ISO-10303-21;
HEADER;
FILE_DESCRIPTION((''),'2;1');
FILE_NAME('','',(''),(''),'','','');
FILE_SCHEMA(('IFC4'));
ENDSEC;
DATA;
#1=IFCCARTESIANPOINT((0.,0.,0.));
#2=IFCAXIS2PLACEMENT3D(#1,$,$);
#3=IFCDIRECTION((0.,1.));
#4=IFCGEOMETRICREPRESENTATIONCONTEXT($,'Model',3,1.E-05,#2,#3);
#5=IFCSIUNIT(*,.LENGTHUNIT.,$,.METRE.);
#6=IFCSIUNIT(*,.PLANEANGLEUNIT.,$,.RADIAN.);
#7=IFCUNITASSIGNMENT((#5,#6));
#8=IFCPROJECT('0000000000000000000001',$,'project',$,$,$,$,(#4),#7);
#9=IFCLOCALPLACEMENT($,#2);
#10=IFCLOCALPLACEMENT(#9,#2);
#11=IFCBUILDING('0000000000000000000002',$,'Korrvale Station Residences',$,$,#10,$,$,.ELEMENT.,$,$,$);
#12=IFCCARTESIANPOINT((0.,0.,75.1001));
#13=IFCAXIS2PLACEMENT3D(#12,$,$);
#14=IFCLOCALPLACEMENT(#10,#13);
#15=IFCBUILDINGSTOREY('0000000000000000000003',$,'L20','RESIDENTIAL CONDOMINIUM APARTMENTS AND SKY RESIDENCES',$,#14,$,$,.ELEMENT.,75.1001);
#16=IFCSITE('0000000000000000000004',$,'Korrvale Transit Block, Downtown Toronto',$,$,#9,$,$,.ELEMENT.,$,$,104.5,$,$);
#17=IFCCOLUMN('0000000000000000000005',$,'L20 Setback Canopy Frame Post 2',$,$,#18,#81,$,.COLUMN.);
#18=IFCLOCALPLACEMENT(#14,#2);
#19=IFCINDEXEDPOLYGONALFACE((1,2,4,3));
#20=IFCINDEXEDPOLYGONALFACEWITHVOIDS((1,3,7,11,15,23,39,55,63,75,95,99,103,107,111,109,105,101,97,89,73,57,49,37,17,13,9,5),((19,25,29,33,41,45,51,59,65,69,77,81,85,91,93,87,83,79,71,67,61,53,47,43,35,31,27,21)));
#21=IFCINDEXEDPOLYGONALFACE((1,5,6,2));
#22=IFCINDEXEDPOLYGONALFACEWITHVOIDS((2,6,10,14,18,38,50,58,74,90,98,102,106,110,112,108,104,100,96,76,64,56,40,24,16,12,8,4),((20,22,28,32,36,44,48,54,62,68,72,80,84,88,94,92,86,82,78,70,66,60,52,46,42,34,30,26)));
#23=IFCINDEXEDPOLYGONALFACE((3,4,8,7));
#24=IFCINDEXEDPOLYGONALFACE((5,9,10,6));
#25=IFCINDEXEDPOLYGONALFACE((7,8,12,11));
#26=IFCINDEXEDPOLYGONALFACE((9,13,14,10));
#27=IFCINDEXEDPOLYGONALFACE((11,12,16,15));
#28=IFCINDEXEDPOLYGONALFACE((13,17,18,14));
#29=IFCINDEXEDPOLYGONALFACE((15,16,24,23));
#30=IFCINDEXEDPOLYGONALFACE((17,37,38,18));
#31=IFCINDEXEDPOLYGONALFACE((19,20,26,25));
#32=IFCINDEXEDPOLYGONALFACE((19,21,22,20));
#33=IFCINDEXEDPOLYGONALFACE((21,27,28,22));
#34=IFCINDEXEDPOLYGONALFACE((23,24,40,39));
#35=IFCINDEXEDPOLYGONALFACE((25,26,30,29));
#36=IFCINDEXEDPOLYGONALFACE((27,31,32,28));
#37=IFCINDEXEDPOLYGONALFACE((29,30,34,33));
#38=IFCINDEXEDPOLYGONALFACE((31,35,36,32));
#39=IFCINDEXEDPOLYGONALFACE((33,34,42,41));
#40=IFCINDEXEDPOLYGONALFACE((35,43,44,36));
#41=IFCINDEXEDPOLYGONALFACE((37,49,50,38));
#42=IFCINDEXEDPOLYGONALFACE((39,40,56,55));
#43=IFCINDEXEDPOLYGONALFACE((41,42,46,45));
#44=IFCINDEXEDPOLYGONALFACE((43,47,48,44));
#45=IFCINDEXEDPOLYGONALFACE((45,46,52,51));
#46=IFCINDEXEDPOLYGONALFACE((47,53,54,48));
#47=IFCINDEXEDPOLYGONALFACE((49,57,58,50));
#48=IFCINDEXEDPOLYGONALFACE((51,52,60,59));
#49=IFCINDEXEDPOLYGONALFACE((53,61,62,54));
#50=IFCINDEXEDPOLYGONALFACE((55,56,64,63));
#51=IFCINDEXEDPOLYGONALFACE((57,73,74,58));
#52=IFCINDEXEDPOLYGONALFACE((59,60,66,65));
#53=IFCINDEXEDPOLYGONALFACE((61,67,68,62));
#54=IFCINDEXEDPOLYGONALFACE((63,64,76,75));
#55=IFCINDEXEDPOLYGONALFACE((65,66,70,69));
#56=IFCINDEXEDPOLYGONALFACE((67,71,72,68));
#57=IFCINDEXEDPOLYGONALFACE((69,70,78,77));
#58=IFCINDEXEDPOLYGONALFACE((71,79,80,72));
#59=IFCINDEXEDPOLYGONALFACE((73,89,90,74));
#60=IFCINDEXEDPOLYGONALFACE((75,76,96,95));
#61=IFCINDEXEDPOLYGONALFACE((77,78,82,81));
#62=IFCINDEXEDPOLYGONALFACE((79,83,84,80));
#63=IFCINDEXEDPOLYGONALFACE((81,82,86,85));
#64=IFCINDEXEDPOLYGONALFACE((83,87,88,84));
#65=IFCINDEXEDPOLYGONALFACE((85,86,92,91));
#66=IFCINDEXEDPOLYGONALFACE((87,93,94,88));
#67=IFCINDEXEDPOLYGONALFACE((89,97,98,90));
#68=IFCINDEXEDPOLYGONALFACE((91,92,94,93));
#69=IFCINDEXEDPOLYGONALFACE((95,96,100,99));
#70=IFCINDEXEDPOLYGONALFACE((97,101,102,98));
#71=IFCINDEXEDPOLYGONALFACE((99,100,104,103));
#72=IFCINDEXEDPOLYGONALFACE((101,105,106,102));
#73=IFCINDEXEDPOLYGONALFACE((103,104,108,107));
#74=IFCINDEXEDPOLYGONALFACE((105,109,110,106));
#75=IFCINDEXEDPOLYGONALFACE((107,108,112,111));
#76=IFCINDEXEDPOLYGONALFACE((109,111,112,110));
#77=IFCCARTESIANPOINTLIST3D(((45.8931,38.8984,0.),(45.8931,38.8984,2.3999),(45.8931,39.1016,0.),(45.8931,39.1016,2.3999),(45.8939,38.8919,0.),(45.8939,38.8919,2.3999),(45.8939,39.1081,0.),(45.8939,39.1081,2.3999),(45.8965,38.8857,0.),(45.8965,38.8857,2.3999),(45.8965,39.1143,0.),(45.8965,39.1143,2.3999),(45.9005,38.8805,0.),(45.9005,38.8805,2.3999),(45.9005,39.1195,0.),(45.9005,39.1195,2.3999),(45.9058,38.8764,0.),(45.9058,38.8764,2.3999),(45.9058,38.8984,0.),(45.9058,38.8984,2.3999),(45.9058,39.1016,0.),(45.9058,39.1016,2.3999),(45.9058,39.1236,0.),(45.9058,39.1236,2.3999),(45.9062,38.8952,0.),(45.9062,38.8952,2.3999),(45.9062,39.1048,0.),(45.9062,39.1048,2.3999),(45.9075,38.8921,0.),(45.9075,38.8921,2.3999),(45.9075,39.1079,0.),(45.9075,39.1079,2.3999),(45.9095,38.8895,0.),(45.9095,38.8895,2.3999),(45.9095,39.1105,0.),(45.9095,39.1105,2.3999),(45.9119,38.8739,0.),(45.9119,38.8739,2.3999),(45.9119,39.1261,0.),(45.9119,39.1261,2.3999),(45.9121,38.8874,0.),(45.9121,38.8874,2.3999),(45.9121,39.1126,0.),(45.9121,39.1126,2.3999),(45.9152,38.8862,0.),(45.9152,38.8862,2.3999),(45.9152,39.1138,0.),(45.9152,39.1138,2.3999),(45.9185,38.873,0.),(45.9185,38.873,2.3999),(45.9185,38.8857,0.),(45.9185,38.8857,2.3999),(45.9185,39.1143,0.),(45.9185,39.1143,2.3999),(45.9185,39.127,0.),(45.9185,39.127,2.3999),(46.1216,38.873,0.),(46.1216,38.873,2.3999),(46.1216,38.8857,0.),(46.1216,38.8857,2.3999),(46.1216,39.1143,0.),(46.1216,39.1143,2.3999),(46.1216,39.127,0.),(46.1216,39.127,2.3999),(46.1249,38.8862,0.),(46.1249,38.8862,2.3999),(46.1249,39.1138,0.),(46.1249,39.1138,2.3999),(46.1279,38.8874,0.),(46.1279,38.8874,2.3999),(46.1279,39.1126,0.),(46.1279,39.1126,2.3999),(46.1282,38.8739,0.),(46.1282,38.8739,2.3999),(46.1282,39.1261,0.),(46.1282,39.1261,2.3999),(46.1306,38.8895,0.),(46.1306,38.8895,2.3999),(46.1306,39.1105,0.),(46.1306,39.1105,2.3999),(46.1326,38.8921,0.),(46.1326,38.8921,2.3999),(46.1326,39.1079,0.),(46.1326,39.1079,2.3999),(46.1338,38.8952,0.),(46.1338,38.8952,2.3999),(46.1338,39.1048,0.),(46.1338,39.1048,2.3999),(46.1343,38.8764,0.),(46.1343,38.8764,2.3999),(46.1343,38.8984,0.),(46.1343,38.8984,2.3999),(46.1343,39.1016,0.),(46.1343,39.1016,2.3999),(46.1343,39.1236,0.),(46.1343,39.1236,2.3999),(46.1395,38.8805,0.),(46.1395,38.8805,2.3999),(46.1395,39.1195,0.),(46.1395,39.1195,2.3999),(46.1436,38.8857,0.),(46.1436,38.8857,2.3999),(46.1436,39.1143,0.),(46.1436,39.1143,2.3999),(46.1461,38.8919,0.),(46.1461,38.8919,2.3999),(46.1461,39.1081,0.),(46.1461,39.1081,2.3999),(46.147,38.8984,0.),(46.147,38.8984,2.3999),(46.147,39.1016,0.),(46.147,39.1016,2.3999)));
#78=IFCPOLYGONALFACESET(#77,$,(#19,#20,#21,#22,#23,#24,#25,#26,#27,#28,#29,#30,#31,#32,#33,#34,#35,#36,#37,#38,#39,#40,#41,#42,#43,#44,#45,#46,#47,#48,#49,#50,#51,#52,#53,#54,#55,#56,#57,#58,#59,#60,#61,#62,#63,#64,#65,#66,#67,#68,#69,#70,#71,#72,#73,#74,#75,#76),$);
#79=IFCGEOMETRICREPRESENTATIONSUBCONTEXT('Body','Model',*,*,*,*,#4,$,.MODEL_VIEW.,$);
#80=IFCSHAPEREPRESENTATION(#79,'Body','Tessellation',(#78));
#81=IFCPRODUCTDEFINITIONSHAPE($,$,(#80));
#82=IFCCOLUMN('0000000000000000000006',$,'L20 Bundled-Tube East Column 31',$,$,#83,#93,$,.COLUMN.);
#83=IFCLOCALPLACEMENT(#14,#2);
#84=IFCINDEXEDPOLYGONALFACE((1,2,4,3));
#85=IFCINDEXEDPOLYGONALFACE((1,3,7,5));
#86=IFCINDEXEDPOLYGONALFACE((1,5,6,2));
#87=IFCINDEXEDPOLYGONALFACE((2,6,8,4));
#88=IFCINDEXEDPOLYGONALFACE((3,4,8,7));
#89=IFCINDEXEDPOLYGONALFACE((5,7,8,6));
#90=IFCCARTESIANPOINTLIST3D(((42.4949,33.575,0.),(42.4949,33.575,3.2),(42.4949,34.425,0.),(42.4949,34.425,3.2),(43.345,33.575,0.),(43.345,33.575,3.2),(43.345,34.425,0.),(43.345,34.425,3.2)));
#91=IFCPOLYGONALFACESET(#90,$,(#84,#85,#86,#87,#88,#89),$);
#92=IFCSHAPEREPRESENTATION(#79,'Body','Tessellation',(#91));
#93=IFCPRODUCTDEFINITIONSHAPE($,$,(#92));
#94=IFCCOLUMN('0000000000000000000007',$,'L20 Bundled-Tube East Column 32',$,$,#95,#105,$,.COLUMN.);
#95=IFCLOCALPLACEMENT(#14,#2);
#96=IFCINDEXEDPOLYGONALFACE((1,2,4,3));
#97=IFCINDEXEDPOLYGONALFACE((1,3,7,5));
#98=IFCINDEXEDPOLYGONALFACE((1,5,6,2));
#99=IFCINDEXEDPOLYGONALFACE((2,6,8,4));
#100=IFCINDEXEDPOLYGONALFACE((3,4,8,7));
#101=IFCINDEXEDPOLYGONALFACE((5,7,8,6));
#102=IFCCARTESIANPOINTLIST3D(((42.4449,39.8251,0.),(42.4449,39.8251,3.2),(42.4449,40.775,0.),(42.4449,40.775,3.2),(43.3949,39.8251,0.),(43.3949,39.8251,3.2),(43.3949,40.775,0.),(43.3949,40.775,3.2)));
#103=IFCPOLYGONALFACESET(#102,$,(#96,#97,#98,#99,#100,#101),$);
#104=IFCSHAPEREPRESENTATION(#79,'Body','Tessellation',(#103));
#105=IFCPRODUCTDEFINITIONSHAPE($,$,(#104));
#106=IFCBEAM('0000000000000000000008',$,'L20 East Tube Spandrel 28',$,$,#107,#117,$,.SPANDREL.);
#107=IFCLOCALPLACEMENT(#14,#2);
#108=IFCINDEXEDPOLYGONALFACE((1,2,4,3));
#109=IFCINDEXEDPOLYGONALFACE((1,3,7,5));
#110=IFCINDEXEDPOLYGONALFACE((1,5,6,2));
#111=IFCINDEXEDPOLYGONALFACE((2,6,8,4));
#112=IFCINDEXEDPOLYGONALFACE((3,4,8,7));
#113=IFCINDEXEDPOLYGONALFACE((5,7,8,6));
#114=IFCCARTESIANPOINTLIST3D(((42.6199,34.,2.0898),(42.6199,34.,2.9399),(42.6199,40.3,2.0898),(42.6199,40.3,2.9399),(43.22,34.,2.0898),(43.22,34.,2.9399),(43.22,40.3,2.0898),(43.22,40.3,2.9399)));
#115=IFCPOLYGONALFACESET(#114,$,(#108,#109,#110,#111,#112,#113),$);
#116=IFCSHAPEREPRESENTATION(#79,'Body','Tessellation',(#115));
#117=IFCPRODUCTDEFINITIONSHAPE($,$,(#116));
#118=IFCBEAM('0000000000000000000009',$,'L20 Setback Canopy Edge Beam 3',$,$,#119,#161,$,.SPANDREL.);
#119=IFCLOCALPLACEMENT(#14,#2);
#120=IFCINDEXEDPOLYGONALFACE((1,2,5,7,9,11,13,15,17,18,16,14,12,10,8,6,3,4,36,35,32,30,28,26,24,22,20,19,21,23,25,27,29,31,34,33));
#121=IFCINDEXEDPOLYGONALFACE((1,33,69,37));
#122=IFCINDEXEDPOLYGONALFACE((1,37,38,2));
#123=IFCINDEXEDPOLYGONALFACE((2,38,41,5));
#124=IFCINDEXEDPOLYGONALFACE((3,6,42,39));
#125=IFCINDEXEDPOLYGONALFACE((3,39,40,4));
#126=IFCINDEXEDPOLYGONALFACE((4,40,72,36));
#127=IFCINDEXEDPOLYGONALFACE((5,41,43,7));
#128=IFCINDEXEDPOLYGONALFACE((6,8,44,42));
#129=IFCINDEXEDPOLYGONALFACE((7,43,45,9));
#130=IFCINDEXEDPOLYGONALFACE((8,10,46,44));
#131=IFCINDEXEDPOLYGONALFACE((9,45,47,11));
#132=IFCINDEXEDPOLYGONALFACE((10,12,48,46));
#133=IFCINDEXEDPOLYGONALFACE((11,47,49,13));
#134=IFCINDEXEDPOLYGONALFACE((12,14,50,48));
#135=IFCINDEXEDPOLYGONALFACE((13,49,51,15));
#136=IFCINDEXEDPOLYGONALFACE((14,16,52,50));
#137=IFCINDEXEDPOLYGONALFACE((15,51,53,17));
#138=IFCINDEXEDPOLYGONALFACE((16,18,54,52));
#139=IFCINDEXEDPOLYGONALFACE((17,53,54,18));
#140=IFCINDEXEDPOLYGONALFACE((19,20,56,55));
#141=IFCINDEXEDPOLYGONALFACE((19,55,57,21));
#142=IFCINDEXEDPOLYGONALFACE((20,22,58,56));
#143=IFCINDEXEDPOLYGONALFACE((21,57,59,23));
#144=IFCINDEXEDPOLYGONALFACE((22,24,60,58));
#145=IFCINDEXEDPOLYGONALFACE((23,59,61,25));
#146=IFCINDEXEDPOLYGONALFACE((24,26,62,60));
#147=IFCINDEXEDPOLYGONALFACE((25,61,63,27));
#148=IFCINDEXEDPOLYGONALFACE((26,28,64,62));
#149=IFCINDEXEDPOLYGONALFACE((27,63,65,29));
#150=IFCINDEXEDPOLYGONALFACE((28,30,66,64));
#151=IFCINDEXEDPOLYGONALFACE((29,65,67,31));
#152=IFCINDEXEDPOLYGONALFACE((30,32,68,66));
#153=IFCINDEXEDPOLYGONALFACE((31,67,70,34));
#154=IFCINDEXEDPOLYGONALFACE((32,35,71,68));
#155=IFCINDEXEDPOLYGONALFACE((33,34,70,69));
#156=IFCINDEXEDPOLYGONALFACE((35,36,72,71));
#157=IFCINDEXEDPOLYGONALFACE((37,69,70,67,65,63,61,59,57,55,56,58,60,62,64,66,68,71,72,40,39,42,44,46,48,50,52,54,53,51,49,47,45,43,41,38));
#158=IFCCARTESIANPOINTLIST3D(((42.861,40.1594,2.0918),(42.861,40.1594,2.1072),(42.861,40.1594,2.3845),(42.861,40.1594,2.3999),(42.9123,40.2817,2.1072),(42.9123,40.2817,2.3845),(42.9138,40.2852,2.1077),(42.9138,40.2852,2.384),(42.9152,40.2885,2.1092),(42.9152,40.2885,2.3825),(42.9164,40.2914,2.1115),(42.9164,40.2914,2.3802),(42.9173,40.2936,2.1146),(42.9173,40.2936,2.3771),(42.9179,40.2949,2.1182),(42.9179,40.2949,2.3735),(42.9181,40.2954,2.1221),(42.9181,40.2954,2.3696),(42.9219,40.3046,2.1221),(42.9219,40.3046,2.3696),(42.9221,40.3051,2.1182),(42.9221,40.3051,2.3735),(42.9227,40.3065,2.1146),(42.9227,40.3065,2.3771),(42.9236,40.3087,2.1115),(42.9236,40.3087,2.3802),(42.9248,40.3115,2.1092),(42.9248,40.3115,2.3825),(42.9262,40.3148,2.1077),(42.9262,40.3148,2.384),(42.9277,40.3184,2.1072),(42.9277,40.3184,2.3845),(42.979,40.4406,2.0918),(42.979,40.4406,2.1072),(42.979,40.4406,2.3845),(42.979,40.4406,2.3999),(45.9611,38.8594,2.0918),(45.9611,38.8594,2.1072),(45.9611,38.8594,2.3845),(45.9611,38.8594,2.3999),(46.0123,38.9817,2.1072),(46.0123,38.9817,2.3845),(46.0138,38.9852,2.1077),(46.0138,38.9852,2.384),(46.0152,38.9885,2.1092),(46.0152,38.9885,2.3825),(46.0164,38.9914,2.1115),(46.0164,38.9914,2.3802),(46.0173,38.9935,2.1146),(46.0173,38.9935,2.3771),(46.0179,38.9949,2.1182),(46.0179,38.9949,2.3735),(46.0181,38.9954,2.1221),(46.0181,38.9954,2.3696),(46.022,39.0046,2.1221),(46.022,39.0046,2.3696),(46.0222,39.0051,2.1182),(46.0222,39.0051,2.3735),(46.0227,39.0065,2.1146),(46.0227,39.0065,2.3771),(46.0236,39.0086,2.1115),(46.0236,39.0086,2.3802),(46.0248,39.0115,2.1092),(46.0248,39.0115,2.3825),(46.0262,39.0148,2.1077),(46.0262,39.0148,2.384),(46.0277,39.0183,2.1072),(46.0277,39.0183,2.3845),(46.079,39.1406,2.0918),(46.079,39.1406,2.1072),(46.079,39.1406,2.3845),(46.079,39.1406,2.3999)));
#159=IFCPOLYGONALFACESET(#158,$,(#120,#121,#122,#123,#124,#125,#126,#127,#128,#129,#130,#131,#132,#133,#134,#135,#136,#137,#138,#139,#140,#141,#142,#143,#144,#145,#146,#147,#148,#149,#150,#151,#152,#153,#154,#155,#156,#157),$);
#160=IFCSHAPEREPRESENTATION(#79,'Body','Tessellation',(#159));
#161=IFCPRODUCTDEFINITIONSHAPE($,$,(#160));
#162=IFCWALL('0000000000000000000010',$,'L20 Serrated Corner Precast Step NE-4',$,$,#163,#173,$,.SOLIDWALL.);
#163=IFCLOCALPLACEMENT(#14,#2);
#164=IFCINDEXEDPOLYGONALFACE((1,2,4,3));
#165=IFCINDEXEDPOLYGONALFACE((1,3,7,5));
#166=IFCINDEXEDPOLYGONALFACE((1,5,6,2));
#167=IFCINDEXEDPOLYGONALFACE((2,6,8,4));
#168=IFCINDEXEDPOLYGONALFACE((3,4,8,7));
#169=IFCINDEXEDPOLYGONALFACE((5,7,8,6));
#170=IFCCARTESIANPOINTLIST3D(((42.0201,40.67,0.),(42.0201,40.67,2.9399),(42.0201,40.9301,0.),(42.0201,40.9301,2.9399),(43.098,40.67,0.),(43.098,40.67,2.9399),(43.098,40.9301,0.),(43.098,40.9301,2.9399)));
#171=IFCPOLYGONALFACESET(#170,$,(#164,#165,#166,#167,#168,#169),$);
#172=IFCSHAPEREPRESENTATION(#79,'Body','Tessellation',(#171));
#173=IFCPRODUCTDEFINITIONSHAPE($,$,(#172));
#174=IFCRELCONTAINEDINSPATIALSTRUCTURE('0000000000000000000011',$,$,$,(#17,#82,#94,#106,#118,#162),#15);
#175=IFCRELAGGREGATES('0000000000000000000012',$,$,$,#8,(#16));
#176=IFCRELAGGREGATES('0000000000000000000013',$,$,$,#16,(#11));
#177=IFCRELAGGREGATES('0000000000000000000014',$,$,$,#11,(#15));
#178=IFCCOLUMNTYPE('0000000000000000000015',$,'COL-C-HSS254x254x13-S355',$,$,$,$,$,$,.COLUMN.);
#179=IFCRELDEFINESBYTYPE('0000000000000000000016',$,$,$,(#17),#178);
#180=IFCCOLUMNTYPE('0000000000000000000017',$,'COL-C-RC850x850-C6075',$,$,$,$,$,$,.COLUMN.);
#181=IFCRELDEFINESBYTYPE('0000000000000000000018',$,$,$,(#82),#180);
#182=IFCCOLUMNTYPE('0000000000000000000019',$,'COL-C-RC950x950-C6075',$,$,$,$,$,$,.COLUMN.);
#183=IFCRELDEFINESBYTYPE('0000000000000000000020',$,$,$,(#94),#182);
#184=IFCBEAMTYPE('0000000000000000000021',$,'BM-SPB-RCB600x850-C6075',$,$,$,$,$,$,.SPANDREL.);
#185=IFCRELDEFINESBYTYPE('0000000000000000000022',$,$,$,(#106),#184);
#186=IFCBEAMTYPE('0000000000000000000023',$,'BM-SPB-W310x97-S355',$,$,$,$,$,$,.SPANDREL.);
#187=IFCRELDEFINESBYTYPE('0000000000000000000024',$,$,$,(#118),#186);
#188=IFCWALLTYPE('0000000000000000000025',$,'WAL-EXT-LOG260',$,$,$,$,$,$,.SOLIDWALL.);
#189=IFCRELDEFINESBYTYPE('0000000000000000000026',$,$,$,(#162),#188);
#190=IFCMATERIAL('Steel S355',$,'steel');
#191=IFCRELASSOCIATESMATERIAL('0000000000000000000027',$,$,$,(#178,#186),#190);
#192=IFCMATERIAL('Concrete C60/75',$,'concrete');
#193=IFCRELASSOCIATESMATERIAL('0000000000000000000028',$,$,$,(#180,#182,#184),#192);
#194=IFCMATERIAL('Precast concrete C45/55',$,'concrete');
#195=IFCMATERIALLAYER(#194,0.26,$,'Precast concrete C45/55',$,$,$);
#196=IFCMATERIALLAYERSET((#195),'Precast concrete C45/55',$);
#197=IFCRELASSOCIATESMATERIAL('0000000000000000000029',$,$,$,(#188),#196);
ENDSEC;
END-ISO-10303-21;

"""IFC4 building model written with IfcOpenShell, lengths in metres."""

from ifc_helpers import new_model, si_unit, direction, frame, frame_2d, origin, origin_2d, place, context, subcontext, project, spatial, rectangle, hollow_rectangle, i_section, extrude, material, layer, layer_set, material_profile, profile_set, type_object, element, save


model = new_model("IFC4")

# Units and contexts
model_context = context("Model", 3, precision=1e-05, world=origin(), true_north=direction((0.0, 1.0)))
body_context = subcontext(model_context, "Body", "Model", "MODEL_VIEW")
ifc_project = project(units=[si_unit("LENGTHUNIT", "METRE"), si_unit("PLANEANGLEUNIT", "RADIAN")], contexts=[model_context])

# Site, building, storey
site_placement = place(None, origin())
site = spatial("IfcSite", under=ifc_project, at=site_placement, Name="Korrvale Transit Block, Downtown Toronto", CompositionType="ELEMENT", RefElevation=104.5)
building_placement = place(site_placement, origin())
building = spatial("IfcBuilding", under=site, at=building_placement, Name="Korrvale Station Residences", CompositionType="ELEMENT")
storey_placement = place(building_placement, frame((0.0, 0.0, 75.1001)))
storey = spatial("IfcBuildingStorey", under=building, at=storey_placement, Name="L20", Description="RESIDENTIAL CONDOMINIUM APARTMENTS AND SKY RESIDENCES", CompositionType="ELEMENT", Elevation=75.1001)

# Columns
ifc_material_1 = material(Name="Steel S355", Category="steel")
ifc_material_profile_1 = material_profile(ifc_material_1, hollow_rectangle(XDim=0.2539, YDim=0.2539, WallThickness=0.0127, InnerFilletRadius=0.0127, OuterFilletRadius=0.0254, at=origin_2d()), Name="HSS254x254x13")
ifc_profile_set_1 = profile_set([ifc_material_profile_1], Name="Steel S355")
column_type_1 = type_object("IfcColumnType", Name="COL-C-HSS254x254x13-S355", PredefinedType="COLUMN", material=ifc_profile_set_1)
column_1_placement = place(storey_placement, frame((46.02, 39.0, 0.0), z_axis=(0.0, 0.0, 1.0), x_axis=(1.0, 0.0, 0.0)))
element("IfcColumn", 1, at=column_1_placement, inside=storey, type_object=column_type_1, Name="L20 Setback Canopy Frame Post 2", PredefinedType="COLUMN", context=body_context, shape_type="SweptSolid", body=[
    extrude(hollow_rectangle(XDim=0.2539, YDim=0.2539, WallThickness=0.0127, InnerFilletRadius=0.0127, OuterFilletRadius=0.0254, at=origin_2d()), origin(), (0.0, 0.0, 1.0), 2.3999),
])
ifc_material_2 = material(Name="Concrete C60/75", Category="concrete")
ifc_material_profile_2 = material_profile(ifc_material_2, rectangle(XDim=0.8501, YDim=0.8501, at=origin_2d()), Name="RC850x850")
ifc_profile_set_2 = profile_set([ifc_material_profile_2], Name="Concrete C60/75")
column_type_2 = type_object("IfcColumnType", Name="COL-C-RC850x850-C6075", PredefinedType="COLUMN", material=ifc_profile_set_2)
column_2_placement = place(storey_placement, frame((42.9199, 34.0, 0.0), z_axis=(0.0, 0.0, 1.0), x_axis=(1.0, 0.0, 0.0)))
element("IfcColumn", 2, at=column_2_placement, inside=storey, type_object=column_type_2, Name="L20 Bundled-Tube East Column 31", PredefinedType="COLUMN", context=body_context, shape_type="SweptSolid", body=[
    extrude(rectangle(XDim=0.8501, YDim=0.8501, at=origin_2d()), origin(), (0.0, 0.0, 1.0), 3.2),
])
ifc_material_profile_3 = material_profile(ifc_material_2, rectangle(XDim=0.95, YDim=0.95, at=origin_2d()), Name="RC950x950")
ifc_profile_set_3 = profile_set([ifc_material_profile_3], Name="Concrete C60/75")
column_type_3 = type_object("IfcColumnType", Name="COL-C-RC950x950-C6075", PredefinedType="COLUMN", material=ifc_profile_set_3)
column_3_placement = place(storey_placement, frame((42.9199, 40.3, 0.0), z_axis=(0.0, 0.0, 1.0), x_axis=(1.0, 0.0, 0.0)))
element("IfcColumn", 3, at=column_3_placement, inside=storey, type_object=column_type_3, Name="L20 Bundled-Tube East Column 32", PredefinedType="COLUMN", context=body_context, shape_type="SweptSolid", body=[
    extrude(rectangle(XDim=0.95, YDim=0.95, at=origin_2d()), origin(), (0.0, 0.0, 1.0), 3.2),
])

# Beams
ifc_material_profile_4 = material_profile(ifc_material_2, rectangle(XDim=0.6001, YDim=0.8501, at=origin_2d()), Name="RCB600x850")
ifc_profile_set_4 = profile_set([ifc_material_profile_4], Name="Concrete C60/75")
beam_type_1 = type_object("IfcBeamType", Name="BM-SPB-RCB600x850-C6075", PredefinedType="SPANDREL", material=ifc_profile_set_4)
beam_1_placement = place(storey_placement, frame((42.9199, 34.0, 2.5149), z_axis=(0.0, 1.0, 0.0), x_axis=(-1.0, 0.0, 0.0)))
element("IfcBeam", 4, at=beam_1_placement, inside=storey, type_object=beam_type_1, Name="L20 East Tube Spandrel 28", PredefinedType="SPANDREL", context=body_context, shape_type="SweptSolid", body=[
    extrude(rectangle(XDim=0.6001, YDim=0.8501, at=origin_2d()), origin(), (0.0, 0.0, 1.0), 6.3),
])
ifc_material_profile_5 = material_profile(ifc_material_1, i_section(OverallWidth=0.3049, OverallDepth=0.3081, WebThickness=0.01, FlangeThickness=0.0154, FilletRadius=0.0149, at=origin_2d()), Name="W310x97")
ifc_profile_set_5 = profile_set([ifc_material_profile_5], Name="Steel S355")
beam_type_2 = type_object("IfcBeamType", Name="BM-SPB-W310x97-S355", PredefinedType="SPANDREL", material=ifc_profile_set_5)
beam_2_placement = place(storey_placement, frame((46.02, 39.0, 2.2458), z_axis=(-0.922194, 0.386729, 0.0), x_axis=(-0.386729, -0.922194, 0.0)))
element("IfcBeam", 5, at=beam_2_placement, inside=storey, type_object=beam_type_2, Name="L20 Setback Canopy Edge Beam 3", PredefinedType="SPANDREL", context=body_context, shape_type="SweptSolid", body=[
    extrude(i_section(OverallWidth=0.3049, OverallDepth=0.3081, WebThickness=0.01, FlangeThickness=0.0154, FilletRadius=0.0149, at=origin_2d()), origin(), (0.0, 0.0, 1.0), 3.3616),
])

# Wall
ifc_material_3 = material(Name="Precast concrete C45/55", Category="concrete")
ifc_layer_1 = layer(ifc_material_3, 0.26, Name="Precast concrete C45/55")
ifc_layer_set_1 = layer_set([ifc_layer_1], Name="Precast concrete C45/55")
wall_type_1 = type_object("IfcWallType", Name="WAL-EXT-LOG260", PredefinedType="SOLIDWALL", material=ifc_layer_set_1)
wall_1_placement = place(storey_placement, frame((42.02, 40.8, 0.0), z_axis=(0.0, 0.0, 1.0), x_axis=(1.0, 0.0, 0.0)))
element("IfcWall", 6, at=wall_1_placement, inside=storey, type_object=wall_type_1, Name="L20 Serrated Corner Precast Step NE-4", PredefinedType="SOLIDWALL", context=body_context, shape_type="SweptSolid", body=[
    extrude(rectangle(XDim=1.0779, YDim=0.26, at=frame_2d((0.5391, 0.0))), origin(), (0.0, 0.0, 1.0), 2.9399),
])

save(model, "model.ifc")
